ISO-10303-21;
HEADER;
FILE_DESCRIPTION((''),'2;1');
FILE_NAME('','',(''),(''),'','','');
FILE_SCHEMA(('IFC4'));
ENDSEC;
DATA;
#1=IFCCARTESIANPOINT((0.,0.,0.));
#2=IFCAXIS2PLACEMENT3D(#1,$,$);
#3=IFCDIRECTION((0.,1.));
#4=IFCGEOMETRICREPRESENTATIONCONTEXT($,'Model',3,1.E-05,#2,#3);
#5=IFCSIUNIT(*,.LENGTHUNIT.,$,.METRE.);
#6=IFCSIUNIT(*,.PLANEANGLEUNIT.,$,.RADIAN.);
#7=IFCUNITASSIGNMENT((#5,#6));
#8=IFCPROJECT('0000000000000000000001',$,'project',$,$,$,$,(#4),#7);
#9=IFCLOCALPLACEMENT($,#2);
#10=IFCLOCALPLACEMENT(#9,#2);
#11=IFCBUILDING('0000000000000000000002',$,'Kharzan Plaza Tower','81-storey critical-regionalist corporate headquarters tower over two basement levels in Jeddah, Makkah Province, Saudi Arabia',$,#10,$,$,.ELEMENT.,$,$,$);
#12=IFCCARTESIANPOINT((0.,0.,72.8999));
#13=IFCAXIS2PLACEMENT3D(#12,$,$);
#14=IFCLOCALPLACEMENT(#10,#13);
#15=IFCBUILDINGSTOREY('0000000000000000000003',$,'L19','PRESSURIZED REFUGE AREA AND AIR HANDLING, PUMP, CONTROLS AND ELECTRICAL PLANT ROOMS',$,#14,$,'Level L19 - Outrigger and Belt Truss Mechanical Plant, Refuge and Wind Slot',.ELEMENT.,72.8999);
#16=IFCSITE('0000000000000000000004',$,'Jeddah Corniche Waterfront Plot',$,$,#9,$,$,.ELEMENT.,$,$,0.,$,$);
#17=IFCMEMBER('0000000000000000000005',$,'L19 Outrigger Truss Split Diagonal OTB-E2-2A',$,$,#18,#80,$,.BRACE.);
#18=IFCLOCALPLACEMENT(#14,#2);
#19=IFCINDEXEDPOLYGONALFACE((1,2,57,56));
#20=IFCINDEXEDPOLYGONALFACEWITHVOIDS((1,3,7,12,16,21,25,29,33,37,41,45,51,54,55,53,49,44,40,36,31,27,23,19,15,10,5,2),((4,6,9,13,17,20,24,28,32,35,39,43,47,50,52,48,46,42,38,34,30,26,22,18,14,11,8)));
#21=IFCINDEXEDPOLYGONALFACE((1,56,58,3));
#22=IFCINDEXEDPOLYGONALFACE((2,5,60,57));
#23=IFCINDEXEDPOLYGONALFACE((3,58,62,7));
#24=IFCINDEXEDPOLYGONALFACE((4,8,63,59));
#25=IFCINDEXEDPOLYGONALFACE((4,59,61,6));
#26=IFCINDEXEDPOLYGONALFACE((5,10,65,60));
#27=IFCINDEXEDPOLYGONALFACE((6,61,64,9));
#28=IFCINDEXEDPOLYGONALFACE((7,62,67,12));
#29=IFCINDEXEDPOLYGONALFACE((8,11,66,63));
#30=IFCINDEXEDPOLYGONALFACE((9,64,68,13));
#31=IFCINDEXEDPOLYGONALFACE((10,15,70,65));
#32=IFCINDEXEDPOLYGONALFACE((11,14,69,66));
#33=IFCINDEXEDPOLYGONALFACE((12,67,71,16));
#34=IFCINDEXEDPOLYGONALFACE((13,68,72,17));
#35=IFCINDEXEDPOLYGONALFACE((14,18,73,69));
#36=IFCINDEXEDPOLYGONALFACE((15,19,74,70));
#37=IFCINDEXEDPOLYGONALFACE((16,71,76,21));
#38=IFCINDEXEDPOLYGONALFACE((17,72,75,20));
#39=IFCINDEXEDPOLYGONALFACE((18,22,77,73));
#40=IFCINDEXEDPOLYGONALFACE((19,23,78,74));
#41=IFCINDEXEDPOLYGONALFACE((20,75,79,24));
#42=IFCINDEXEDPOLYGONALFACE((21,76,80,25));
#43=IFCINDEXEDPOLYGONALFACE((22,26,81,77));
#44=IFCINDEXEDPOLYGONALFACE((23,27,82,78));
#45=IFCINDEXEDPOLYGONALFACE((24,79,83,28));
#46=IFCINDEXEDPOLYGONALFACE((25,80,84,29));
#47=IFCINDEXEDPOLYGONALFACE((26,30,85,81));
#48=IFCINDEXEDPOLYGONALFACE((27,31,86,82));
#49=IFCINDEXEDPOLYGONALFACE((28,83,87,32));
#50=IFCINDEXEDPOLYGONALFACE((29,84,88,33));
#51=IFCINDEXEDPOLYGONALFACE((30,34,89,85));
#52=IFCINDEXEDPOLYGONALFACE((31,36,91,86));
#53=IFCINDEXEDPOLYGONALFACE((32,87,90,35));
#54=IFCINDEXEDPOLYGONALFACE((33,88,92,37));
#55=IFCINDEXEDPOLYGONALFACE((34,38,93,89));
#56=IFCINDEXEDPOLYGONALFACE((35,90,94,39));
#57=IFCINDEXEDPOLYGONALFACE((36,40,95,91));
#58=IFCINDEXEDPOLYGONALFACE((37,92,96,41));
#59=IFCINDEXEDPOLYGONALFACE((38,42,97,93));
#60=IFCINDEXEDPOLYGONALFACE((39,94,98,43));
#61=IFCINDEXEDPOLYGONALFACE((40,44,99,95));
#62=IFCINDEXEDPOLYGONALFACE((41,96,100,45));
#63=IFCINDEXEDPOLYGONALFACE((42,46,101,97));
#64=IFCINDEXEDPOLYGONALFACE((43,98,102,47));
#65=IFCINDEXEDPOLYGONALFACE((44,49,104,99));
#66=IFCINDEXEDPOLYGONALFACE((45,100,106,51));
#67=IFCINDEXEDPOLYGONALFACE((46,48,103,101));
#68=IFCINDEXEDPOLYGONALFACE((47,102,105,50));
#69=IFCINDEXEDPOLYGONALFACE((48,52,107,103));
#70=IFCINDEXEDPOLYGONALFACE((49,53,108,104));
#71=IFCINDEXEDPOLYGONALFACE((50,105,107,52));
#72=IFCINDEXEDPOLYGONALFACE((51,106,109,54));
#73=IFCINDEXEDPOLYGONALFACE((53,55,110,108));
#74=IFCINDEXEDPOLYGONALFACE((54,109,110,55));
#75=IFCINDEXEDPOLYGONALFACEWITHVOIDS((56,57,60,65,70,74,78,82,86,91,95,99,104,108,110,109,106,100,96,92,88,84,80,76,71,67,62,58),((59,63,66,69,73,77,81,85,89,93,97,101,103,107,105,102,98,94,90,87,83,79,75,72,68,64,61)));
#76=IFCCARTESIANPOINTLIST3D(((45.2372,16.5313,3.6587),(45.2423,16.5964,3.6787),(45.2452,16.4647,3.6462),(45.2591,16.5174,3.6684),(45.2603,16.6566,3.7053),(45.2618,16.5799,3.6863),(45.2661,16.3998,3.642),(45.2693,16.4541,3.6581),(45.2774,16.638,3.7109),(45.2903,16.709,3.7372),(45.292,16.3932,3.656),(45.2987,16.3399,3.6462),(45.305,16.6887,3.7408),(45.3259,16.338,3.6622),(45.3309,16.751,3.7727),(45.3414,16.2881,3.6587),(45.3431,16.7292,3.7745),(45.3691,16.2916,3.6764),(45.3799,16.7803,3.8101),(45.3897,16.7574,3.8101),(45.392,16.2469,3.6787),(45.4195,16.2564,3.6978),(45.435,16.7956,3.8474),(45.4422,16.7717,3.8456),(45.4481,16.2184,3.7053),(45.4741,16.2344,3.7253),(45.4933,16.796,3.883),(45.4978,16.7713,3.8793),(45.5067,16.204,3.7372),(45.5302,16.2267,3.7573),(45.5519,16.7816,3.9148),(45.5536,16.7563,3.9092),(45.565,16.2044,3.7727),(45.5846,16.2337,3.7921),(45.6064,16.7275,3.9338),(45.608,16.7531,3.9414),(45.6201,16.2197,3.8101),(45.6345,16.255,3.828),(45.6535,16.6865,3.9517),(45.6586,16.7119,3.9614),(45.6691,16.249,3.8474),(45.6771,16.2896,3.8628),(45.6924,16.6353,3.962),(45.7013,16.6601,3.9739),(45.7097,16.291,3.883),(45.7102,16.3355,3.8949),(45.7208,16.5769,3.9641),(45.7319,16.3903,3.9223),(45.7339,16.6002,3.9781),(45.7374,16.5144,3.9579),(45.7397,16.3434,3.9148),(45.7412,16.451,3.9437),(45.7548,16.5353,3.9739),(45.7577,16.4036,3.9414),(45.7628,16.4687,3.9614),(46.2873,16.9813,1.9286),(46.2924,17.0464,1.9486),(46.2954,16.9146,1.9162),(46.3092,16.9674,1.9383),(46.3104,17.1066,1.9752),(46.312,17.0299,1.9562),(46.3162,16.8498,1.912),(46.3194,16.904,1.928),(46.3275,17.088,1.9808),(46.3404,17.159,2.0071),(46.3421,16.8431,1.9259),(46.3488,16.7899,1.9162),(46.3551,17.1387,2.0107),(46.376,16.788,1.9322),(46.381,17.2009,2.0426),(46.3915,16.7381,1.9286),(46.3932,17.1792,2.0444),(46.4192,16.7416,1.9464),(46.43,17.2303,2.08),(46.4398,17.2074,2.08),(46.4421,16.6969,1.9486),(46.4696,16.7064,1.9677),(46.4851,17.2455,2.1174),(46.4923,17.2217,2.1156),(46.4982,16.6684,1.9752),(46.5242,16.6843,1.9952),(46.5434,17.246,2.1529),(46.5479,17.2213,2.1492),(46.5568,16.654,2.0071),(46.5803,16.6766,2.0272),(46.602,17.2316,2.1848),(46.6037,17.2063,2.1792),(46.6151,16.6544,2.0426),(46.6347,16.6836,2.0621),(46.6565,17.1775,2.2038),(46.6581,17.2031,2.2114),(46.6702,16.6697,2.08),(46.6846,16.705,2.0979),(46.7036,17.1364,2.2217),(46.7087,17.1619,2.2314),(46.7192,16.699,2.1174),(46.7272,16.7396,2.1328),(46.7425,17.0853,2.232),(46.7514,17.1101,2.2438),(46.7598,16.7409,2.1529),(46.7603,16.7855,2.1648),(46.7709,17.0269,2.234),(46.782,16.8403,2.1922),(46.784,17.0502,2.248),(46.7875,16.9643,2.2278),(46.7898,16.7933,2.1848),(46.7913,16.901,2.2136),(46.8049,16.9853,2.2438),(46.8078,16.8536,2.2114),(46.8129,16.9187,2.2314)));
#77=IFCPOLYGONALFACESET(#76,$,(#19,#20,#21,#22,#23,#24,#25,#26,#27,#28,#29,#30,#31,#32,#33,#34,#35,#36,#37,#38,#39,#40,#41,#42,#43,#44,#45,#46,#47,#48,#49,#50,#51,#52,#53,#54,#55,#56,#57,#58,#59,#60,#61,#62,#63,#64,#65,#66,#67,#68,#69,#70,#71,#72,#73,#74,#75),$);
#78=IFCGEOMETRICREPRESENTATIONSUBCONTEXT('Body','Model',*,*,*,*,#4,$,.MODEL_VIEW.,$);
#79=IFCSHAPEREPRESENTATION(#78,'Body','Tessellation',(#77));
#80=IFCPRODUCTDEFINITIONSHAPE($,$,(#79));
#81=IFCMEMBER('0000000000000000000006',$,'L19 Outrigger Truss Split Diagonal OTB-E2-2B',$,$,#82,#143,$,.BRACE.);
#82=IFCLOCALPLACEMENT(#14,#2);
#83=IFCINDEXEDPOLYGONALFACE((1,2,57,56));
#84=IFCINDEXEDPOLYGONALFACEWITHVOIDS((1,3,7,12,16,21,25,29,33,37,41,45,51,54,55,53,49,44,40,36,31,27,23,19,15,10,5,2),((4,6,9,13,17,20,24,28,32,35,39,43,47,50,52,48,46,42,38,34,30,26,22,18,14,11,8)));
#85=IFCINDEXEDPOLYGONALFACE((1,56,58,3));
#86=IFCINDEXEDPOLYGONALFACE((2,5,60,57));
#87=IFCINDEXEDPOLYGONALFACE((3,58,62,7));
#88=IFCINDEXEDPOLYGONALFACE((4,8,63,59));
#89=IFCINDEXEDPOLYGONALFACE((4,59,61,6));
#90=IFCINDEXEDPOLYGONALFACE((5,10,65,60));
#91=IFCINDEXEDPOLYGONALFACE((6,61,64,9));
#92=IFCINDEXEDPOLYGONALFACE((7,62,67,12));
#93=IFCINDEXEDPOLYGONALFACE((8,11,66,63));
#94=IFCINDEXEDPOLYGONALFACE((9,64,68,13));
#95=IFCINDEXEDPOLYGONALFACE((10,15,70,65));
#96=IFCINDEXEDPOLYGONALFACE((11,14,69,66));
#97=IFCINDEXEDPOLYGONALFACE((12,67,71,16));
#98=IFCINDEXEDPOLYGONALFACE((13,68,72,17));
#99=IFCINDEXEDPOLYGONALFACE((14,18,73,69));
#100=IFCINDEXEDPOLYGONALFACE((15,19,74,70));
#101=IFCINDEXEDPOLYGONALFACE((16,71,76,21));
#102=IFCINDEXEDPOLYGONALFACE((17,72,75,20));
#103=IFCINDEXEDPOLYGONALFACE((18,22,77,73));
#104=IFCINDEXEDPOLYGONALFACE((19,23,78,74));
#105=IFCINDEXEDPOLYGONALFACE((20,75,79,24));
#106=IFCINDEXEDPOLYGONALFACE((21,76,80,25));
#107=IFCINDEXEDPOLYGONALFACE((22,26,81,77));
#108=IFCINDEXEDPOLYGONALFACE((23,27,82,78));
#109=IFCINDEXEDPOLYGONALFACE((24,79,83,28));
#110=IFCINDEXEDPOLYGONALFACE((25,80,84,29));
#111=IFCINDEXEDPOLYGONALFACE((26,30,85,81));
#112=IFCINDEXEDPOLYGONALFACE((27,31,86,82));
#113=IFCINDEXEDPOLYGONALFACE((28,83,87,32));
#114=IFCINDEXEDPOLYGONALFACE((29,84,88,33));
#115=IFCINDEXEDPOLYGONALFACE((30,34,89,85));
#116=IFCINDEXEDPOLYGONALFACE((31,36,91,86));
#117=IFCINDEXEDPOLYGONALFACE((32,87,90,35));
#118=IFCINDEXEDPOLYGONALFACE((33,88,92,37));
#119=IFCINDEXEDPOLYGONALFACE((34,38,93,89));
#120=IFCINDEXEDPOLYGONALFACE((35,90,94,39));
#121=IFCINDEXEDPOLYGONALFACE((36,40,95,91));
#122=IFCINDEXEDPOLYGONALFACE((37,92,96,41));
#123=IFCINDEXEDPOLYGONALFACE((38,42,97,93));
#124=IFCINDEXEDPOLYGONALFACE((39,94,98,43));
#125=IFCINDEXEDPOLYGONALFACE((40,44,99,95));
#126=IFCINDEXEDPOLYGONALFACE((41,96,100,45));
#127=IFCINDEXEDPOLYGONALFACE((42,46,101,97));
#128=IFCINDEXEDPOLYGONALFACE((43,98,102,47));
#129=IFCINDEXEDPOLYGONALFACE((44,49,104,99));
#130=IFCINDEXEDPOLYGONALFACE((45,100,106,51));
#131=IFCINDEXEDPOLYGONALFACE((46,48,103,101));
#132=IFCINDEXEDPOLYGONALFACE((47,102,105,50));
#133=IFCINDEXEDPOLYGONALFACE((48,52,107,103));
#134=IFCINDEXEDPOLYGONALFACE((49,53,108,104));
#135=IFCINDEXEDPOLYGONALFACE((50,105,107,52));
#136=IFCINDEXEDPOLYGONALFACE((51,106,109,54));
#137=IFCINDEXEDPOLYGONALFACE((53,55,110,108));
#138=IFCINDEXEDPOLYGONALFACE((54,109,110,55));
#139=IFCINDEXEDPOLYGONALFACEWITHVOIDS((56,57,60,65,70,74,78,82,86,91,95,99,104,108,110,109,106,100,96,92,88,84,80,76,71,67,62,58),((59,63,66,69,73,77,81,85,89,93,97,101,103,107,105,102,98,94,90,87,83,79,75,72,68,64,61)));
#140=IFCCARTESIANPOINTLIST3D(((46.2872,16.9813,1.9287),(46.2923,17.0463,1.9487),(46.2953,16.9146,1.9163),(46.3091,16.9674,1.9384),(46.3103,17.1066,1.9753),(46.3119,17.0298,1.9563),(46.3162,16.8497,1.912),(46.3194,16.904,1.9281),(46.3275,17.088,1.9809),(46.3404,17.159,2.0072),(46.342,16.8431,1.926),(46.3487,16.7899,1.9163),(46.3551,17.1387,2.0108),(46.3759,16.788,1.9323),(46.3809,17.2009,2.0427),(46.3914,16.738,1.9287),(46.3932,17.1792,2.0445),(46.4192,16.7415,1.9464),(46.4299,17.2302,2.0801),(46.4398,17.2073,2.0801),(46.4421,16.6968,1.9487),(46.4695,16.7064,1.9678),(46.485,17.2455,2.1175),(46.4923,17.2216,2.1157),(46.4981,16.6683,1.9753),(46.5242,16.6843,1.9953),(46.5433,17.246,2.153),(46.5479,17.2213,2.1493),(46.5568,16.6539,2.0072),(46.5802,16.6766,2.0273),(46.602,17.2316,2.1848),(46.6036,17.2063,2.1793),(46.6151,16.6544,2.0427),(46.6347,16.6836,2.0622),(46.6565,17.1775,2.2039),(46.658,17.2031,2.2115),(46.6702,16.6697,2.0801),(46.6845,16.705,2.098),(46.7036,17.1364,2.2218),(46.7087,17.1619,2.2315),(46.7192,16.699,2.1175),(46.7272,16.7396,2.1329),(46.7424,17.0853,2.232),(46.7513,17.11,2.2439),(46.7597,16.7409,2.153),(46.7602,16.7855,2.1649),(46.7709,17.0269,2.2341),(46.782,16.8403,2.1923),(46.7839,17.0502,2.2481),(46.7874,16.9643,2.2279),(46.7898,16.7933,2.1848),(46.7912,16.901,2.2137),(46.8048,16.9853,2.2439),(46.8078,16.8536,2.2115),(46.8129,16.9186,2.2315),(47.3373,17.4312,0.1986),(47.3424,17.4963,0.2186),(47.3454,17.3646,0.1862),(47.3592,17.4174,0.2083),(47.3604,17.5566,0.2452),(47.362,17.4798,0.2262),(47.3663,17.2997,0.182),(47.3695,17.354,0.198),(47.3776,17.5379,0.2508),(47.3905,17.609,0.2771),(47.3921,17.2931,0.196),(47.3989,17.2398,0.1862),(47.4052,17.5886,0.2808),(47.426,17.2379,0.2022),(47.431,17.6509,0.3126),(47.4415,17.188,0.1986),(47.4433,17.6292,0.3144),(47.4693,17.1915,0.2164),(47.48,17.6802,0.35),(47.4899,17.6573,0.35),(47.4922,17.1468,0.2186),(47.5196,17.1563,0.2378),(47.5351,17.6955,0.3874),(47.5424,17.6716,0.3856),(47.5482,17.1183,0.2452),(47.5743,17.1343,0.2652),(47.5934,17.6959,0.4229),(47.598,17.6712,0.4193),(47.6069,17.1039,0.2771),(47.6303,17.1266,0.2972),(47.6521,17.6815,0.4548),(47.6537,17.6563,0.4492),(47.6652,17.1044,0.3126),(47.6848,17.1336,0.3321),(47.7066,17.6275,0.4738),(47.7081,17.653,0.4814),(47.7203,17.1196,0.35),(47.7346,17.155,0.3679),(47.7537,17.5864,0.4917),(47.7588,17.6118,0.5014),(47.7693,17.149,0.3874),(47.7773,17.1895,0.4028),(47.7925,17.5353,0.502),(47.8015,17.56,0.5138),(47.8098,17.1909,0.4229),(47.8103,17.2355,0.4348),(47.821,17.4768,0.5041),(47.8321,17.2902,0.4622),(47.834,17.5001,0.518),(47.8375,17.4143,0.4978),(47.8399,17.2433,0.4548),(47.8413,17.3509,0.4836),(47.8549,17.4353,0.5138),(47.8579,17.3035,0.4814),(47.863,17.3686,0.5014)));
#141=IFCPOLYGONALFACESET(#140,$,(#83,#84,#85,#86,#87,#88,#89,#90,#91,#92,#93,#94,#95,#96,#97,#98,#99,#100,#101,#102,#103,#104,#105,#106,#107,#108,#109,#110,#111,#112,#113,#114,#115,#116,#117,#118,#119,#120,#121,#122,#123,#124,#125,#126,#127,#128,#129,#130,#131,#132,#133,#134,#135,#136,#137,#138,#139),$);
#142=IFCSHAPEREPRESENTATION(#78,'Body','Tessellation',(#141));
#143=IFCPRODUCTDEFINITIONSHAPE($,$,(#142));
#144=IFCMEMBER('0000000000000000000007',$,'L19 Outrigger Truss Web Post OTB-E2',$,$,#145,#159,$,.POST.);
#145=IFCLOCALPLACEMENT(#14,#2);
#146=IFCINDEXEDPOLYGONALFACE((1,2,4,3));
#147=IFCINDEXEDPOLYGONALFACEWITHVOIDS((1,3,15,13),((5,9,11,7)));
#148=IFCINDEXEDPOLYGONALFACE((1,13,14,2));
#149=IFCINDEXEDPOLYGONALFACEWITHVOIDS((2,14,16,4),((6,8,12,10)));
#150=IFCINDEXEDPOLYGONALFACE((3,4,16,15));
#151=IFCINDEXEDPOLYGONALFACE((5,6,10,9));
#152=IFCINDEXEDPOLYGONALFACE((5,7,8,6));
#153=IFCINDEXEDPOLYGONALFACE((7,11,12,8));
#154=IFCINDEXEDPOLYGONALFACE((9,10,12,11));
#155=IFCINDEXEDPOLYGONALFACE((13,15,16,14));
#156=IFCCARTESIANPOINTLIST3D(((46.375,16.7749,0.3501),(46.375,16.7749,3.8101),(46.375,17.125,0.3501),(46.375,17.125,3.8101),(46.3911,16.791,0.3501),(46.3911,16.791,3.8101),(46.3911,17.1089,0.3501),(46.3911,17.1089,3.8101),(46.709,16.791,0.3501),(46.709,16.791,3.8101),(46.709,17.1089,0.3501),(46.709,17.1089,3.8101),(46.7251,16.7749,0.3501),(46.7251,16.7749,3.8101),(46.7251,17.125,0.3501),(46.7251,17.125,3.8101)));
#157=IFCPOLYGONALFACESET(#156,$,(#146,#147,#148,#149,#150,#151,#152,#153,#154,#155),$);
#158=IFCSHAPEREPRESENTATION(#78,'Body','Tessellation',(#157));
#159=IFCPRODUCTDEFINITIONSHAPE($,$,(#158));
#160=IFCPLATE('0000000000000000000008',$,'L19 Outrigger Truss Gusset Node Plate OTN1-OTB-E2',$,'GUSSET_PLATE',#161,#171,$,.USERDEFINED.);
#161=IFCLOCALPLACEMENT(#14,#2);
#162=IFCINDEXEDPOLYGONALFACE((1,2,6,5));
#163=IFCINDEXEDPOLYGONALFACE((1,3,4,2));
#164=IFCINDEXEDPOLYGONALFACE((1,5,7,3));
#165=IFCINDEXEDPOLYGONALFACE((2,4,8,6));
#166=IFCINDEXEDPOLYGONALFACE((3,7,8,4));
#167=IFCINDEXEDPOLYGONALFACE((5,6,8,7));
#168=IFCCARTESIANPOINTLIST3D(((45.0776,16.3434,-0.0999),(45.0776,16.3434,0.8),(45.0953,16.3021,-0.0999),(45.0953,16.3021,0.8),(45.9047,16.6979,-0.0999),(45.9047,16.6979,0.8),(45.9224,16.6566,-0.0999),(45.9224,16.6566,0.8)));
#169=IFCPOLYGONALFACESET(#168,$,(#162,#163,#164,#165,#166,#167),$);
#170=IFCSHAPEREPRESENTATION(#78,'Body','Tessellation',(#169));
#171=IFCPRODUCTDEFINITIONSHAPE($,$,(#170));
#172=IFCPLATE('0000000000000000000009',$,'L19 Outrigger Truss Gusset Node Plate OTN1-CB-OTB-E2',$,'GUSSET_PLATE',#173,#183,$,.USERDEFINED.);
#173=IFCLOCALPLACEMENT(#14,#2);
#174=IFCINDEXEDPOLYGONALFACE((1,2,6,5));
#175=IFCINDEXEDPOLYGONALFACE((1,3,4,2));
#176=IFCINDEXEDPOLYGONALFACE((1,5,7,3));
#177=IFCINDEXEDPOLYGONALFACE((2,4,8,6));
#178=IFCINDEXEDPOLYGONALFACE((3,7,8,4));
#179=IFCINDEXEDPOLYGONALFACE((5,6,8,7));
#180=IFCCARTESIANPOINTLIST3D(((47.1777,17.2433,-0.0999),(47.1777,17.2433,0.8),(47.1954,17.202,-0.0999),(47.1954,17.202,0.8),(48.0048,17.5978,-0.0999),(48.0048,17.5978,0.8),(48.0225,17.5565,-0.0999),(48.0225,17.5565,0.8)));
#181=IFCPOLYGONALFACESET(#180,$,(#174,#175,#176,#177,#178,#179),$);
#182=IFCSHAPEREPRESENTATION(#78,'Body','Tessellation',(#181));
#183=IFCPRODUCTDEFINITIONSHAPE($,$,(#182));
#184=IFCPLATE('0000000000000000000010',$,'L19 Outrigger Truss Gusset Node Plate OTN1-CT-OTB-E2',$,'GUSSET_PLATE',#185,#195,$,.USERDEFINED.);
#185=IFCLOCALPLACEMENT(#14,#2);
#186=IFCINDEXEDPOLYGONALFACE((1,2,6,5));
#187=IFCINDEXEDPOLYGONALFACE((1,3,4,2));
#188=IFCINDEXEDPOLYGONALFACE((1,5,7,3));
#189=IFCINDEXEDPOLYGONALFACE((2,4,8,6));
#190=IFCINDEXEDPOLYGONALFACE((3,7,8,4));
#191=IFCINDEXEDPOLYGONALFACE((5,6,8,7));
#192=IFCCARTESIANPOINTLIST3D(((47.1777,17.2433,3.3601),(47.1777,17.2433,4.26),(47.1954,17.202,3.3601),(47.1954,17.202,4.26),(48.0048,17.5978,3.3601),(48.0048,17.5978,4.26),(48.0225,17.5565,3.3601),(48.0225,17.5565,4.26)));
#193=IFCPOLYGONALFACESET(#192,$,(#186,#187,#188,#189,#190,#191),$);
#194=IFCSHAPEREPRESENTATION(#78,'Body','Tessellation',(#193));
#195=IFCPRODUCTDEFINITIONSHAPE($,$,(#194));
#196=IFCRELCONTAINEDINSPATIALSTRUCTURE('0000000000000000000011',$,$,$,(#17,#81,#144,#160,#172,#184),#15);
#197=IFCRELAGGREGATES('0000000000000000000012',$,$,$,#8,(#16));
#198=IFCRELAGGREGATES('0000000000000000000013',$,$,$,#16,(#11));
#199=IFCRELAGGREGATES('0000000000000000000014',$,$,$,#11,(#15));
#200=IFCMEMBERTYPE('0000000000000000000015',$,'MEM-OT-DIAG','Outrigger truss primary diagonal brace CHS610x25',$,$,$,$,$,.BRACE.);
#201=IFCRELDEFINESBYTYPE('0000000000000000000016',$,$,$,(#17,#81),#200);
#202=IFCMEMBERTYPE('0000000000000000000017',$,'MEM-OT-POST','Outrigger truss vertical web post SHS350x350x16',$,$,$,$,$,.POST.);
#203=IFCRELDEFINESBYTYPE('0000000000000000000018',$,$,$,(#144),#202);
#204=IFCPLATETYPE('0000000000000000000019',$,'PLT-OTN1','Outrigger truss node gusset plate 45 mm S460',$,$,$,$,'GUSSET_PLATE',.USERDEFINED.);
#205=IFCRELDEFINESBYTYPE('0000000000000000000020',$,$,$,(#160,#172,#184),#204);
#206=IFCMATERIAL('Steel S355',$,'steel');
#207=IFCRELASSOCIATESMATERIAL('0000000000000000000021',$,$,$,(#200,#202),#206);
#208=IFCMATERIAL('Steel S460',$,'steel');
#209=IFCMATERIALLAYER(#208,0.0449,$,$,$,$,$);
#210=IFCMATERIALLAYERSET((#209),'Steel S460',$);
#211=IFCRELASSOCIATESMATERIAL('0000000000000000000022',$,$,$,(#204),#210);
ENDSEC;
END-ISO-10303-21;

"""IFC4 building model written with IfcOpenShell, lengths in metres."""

from ifc_helpers import new_model, si_unit, direction, frame, origin, origin_2d, place, context, subcontext, project, spatial, rectangle, hollow_rectangle, hollow_circle, extrude, source, transform, mapped, material, layer, layer_set, material_profile, profile_set, type_object, element, save


model = new_model("IFC4")

# Units and contexts
model_context = context("Model", 3, precision=1e-05, world=origin(), true_north=direction((0.0, 1.0)))
body_context = subcontext(model_context, "Body", "Model", "MODEL_VIEW")
ifc_project = project(units=[si_unit("LENGTHUNIT", "METRE"), si_unit("PLANEANGLEUNIT", "RADIAN")], contexts=[model_context])

# Site, building, storey
site_placement = place(None, origin())
site = spatial("IfcSite", under=ifc_project, at=site_placement, Name="Jeddah Corniche Waterfront Plot", CompositionType="ELEMENT", RefElevation=0.0)
building_placement = place(site_placement, origin())
building = spatial("IfcBuilding", under=site, at=building_placement, Name="Kharzan Plaza Tower", Description="81-storey critical-regionalist corporate headquarters tower over two basement levels in Jeddah, Makkah Province, Saudi Arabia", CompositionType="ELEMENT")
storey_placement = place(building_placement, frame((0.0, 0.0, 72.8999)))
storey = spatial("IfcBuildingStorey", under=building, at=storey_placement, Name="L19", Description="PRESSURIZED REFUGE AREA AND AIR HANDLING, PUMP, CONTROLS AND ELECTRICAL PLANT ROOMS", LongName="Level L19 - Outrigger and Belt Truss Mechanical Plant, Refuge and Wind Slot", CompositionType="ELEMENT", Elevation=72.8999)

# Shared definitions
ifc_material_1 = material(Name="Steel S355", Category="steel")

# Members
ifc_material_profile_1 = material_profile(ifc_material_1, hollow_circle(Radius=0.3049, WallThickness=0.0249, at=origin_2d()), Name="CHS610x25")
ifc_profile_set_1 = profile_set([ifc_material_profile_1], Name="Steel S355")
member_type_1 = type_object("IfcMemberType", Name="MEM-OT-DIAG", Description="Outrigger truss primary diagonal brace CHS610x25", PredefinedType="BRACE", material=ifc_profile_set_1)
shared_shape_1 = source(origin(), body_context, "Body", "SweptSolid", [
    extrude(hollow_circle(Radius=0.3049, WallThickness=0.0249, at=origin_2d()), origin(), (0.0, 0.0, 1.0), 2.0732),
])
for number, where, z_axis, x_axis, name in (
    (1, (45.5, 16.5, 3.8101), (0.506503, 0.217039, -0.834475), (-0.393868, 0.919167, 0.0), "L19 Outrigger Truss Split Diagonal OTB-E2-2A"),
    (2, (46.55, 16.95, 2.0801), (0.506503, 0.217039, -0.834475), (-0.393868, 0.919167, 0.0), "L19 Outrigger Truss Split Diagonal OTB-E2-2B"),
):
    element("IfcMember", number, at=place(storey_placement, frame(where, z_axis=z_axis, x_axis=x_axis)), inside=storey, type_object=member_type_1, Name=name, PredefinedType="BRACE", context=body_context, shape_type="MappedRepresentation", body=[
        mapped(shared_shape_1, transform((0.0, 0.0, 0.0), x_axis=(1.0, 0.0, 0.0), y_axis=(0.0, 1.0, 0.0), z_axis=(0.0, 0.0, 1.0))),
    ])
ifc_material_profile_2 = material_profile(ifc_material_1, hollow_rectangle(XDim=0.3501, YDim=0.3501, WallThickness=0.0161, at=origin_2d()), Name="SHS350x350x16")
ifc_profile_set_2 = profile_set([ifc_material_profile_2], Name="Steel S355")
member_type_2 = type_object("IfcMemberType", Name="MEM-OT-POST", Description="Outrigger truss vertical web post SHS350x350x16", PredefinedType="POST", material=ifc_profile_set_2)
shared_shape_2 = source(origin(), body_context, "Body", "SweptSolid", [
    extrude(hollow_rectangle(XDim=0.3501, YDim=0.3501, WallThickness=0.0161, at=origin_2d()), origin(), (0.0, 0.0, 1.0), 3.46),
])
member_1_placement = place(storey_placement, frame((46.55, 16.95, 0.3501), z_axis=(0.0, 0.0, 1.0), x_axis=(1.0, 0.0, 0.0)))
element("IfcMember", 3, at=member_1_placement, inside=storey, type_object=member_type_2, Name="L19 Outrigger Truss Web Post OTB-E2", PredefinedType="POST", context=body_context, shape_type="MappedRepresentation", body=[
    mapped(shared_shape_2, transform((0.0, 0.0, 0.0), x_axis=(1.0, 0.0, 0.0), y_axis=(0.0, 1.0, 0.0), z_axis=(0.0, 0.0, 1.0))),
])

# Plates
ifc_material_2 = material(Name="Steel S460", Category="steel")
ifc_layer_1 = layer(ifc_material_2, 0.0449)
ifc_layer_set_1 = layer_set([ifc_layer_1], Name="Steel S460")
plate_type = type_object("IfcPlateType", Name="PLT-OTN1", Description="Outrigger truss node gusset plate 45 mm S460", ElementType="GUSSET_PLATE", PredefinedType="USERDEFINED", material=ifc_layer_set_1)
shared_shape_3 = source(origin(), body_context, "Body", "SweptSolid", [
    extrude(rectangle(XDim=0.8999, YDim=0.0449, at=origin_2d()), origin(), (0.0, 0.0, 1.0), 0.8999),
])
for number, where, z_axis, x_axis, name in (
    (4, (45.5, 16.5, -0.0999), (0.0, 0.0, 1.0), (0.919145, 0.393919, 0.0), "L19 Outrigger Truss Gusset Node Plate OTN1-OTB-E2"),
    (5, (47.6001, 17.3999, -0.0999), (0.0, 0.0, 1.0), (0.919145, 0.393919, 0.0), "L19 Outrigger Truss Gusset Node Plate OTN1-CB-OTB-E2"),
    (6, (47.6001, 17.3999, 3.3601), (0.0, 0.0, 1.0), (0.919145, 0.393919, 0.0), "L19 Outrigger Truss Gusset Node Plate OTN1-CT-OTB-E2"),
):
    element("IfcPlate", number, at=place(storey_placement, frame(where, z_axis=z_axis, x_axis=x_axis)), inside=storey, type_object=plate_type, Name=name, ObjectType="GUSSET_PLATE", PredefinedType="USERDEFINED", context=body_context, shape_type="MappedRepresentation", body=[
        mapped(shared_shape_3, transform((0.0, 0.0, 0.0), x_axis=(1.0, 0.0, 0.0), y_axis=(0.0, 1.0, 0.0), z_axis=(0.0, 0.0, 1.0))),
    ])

save(model, "model.ifc")
